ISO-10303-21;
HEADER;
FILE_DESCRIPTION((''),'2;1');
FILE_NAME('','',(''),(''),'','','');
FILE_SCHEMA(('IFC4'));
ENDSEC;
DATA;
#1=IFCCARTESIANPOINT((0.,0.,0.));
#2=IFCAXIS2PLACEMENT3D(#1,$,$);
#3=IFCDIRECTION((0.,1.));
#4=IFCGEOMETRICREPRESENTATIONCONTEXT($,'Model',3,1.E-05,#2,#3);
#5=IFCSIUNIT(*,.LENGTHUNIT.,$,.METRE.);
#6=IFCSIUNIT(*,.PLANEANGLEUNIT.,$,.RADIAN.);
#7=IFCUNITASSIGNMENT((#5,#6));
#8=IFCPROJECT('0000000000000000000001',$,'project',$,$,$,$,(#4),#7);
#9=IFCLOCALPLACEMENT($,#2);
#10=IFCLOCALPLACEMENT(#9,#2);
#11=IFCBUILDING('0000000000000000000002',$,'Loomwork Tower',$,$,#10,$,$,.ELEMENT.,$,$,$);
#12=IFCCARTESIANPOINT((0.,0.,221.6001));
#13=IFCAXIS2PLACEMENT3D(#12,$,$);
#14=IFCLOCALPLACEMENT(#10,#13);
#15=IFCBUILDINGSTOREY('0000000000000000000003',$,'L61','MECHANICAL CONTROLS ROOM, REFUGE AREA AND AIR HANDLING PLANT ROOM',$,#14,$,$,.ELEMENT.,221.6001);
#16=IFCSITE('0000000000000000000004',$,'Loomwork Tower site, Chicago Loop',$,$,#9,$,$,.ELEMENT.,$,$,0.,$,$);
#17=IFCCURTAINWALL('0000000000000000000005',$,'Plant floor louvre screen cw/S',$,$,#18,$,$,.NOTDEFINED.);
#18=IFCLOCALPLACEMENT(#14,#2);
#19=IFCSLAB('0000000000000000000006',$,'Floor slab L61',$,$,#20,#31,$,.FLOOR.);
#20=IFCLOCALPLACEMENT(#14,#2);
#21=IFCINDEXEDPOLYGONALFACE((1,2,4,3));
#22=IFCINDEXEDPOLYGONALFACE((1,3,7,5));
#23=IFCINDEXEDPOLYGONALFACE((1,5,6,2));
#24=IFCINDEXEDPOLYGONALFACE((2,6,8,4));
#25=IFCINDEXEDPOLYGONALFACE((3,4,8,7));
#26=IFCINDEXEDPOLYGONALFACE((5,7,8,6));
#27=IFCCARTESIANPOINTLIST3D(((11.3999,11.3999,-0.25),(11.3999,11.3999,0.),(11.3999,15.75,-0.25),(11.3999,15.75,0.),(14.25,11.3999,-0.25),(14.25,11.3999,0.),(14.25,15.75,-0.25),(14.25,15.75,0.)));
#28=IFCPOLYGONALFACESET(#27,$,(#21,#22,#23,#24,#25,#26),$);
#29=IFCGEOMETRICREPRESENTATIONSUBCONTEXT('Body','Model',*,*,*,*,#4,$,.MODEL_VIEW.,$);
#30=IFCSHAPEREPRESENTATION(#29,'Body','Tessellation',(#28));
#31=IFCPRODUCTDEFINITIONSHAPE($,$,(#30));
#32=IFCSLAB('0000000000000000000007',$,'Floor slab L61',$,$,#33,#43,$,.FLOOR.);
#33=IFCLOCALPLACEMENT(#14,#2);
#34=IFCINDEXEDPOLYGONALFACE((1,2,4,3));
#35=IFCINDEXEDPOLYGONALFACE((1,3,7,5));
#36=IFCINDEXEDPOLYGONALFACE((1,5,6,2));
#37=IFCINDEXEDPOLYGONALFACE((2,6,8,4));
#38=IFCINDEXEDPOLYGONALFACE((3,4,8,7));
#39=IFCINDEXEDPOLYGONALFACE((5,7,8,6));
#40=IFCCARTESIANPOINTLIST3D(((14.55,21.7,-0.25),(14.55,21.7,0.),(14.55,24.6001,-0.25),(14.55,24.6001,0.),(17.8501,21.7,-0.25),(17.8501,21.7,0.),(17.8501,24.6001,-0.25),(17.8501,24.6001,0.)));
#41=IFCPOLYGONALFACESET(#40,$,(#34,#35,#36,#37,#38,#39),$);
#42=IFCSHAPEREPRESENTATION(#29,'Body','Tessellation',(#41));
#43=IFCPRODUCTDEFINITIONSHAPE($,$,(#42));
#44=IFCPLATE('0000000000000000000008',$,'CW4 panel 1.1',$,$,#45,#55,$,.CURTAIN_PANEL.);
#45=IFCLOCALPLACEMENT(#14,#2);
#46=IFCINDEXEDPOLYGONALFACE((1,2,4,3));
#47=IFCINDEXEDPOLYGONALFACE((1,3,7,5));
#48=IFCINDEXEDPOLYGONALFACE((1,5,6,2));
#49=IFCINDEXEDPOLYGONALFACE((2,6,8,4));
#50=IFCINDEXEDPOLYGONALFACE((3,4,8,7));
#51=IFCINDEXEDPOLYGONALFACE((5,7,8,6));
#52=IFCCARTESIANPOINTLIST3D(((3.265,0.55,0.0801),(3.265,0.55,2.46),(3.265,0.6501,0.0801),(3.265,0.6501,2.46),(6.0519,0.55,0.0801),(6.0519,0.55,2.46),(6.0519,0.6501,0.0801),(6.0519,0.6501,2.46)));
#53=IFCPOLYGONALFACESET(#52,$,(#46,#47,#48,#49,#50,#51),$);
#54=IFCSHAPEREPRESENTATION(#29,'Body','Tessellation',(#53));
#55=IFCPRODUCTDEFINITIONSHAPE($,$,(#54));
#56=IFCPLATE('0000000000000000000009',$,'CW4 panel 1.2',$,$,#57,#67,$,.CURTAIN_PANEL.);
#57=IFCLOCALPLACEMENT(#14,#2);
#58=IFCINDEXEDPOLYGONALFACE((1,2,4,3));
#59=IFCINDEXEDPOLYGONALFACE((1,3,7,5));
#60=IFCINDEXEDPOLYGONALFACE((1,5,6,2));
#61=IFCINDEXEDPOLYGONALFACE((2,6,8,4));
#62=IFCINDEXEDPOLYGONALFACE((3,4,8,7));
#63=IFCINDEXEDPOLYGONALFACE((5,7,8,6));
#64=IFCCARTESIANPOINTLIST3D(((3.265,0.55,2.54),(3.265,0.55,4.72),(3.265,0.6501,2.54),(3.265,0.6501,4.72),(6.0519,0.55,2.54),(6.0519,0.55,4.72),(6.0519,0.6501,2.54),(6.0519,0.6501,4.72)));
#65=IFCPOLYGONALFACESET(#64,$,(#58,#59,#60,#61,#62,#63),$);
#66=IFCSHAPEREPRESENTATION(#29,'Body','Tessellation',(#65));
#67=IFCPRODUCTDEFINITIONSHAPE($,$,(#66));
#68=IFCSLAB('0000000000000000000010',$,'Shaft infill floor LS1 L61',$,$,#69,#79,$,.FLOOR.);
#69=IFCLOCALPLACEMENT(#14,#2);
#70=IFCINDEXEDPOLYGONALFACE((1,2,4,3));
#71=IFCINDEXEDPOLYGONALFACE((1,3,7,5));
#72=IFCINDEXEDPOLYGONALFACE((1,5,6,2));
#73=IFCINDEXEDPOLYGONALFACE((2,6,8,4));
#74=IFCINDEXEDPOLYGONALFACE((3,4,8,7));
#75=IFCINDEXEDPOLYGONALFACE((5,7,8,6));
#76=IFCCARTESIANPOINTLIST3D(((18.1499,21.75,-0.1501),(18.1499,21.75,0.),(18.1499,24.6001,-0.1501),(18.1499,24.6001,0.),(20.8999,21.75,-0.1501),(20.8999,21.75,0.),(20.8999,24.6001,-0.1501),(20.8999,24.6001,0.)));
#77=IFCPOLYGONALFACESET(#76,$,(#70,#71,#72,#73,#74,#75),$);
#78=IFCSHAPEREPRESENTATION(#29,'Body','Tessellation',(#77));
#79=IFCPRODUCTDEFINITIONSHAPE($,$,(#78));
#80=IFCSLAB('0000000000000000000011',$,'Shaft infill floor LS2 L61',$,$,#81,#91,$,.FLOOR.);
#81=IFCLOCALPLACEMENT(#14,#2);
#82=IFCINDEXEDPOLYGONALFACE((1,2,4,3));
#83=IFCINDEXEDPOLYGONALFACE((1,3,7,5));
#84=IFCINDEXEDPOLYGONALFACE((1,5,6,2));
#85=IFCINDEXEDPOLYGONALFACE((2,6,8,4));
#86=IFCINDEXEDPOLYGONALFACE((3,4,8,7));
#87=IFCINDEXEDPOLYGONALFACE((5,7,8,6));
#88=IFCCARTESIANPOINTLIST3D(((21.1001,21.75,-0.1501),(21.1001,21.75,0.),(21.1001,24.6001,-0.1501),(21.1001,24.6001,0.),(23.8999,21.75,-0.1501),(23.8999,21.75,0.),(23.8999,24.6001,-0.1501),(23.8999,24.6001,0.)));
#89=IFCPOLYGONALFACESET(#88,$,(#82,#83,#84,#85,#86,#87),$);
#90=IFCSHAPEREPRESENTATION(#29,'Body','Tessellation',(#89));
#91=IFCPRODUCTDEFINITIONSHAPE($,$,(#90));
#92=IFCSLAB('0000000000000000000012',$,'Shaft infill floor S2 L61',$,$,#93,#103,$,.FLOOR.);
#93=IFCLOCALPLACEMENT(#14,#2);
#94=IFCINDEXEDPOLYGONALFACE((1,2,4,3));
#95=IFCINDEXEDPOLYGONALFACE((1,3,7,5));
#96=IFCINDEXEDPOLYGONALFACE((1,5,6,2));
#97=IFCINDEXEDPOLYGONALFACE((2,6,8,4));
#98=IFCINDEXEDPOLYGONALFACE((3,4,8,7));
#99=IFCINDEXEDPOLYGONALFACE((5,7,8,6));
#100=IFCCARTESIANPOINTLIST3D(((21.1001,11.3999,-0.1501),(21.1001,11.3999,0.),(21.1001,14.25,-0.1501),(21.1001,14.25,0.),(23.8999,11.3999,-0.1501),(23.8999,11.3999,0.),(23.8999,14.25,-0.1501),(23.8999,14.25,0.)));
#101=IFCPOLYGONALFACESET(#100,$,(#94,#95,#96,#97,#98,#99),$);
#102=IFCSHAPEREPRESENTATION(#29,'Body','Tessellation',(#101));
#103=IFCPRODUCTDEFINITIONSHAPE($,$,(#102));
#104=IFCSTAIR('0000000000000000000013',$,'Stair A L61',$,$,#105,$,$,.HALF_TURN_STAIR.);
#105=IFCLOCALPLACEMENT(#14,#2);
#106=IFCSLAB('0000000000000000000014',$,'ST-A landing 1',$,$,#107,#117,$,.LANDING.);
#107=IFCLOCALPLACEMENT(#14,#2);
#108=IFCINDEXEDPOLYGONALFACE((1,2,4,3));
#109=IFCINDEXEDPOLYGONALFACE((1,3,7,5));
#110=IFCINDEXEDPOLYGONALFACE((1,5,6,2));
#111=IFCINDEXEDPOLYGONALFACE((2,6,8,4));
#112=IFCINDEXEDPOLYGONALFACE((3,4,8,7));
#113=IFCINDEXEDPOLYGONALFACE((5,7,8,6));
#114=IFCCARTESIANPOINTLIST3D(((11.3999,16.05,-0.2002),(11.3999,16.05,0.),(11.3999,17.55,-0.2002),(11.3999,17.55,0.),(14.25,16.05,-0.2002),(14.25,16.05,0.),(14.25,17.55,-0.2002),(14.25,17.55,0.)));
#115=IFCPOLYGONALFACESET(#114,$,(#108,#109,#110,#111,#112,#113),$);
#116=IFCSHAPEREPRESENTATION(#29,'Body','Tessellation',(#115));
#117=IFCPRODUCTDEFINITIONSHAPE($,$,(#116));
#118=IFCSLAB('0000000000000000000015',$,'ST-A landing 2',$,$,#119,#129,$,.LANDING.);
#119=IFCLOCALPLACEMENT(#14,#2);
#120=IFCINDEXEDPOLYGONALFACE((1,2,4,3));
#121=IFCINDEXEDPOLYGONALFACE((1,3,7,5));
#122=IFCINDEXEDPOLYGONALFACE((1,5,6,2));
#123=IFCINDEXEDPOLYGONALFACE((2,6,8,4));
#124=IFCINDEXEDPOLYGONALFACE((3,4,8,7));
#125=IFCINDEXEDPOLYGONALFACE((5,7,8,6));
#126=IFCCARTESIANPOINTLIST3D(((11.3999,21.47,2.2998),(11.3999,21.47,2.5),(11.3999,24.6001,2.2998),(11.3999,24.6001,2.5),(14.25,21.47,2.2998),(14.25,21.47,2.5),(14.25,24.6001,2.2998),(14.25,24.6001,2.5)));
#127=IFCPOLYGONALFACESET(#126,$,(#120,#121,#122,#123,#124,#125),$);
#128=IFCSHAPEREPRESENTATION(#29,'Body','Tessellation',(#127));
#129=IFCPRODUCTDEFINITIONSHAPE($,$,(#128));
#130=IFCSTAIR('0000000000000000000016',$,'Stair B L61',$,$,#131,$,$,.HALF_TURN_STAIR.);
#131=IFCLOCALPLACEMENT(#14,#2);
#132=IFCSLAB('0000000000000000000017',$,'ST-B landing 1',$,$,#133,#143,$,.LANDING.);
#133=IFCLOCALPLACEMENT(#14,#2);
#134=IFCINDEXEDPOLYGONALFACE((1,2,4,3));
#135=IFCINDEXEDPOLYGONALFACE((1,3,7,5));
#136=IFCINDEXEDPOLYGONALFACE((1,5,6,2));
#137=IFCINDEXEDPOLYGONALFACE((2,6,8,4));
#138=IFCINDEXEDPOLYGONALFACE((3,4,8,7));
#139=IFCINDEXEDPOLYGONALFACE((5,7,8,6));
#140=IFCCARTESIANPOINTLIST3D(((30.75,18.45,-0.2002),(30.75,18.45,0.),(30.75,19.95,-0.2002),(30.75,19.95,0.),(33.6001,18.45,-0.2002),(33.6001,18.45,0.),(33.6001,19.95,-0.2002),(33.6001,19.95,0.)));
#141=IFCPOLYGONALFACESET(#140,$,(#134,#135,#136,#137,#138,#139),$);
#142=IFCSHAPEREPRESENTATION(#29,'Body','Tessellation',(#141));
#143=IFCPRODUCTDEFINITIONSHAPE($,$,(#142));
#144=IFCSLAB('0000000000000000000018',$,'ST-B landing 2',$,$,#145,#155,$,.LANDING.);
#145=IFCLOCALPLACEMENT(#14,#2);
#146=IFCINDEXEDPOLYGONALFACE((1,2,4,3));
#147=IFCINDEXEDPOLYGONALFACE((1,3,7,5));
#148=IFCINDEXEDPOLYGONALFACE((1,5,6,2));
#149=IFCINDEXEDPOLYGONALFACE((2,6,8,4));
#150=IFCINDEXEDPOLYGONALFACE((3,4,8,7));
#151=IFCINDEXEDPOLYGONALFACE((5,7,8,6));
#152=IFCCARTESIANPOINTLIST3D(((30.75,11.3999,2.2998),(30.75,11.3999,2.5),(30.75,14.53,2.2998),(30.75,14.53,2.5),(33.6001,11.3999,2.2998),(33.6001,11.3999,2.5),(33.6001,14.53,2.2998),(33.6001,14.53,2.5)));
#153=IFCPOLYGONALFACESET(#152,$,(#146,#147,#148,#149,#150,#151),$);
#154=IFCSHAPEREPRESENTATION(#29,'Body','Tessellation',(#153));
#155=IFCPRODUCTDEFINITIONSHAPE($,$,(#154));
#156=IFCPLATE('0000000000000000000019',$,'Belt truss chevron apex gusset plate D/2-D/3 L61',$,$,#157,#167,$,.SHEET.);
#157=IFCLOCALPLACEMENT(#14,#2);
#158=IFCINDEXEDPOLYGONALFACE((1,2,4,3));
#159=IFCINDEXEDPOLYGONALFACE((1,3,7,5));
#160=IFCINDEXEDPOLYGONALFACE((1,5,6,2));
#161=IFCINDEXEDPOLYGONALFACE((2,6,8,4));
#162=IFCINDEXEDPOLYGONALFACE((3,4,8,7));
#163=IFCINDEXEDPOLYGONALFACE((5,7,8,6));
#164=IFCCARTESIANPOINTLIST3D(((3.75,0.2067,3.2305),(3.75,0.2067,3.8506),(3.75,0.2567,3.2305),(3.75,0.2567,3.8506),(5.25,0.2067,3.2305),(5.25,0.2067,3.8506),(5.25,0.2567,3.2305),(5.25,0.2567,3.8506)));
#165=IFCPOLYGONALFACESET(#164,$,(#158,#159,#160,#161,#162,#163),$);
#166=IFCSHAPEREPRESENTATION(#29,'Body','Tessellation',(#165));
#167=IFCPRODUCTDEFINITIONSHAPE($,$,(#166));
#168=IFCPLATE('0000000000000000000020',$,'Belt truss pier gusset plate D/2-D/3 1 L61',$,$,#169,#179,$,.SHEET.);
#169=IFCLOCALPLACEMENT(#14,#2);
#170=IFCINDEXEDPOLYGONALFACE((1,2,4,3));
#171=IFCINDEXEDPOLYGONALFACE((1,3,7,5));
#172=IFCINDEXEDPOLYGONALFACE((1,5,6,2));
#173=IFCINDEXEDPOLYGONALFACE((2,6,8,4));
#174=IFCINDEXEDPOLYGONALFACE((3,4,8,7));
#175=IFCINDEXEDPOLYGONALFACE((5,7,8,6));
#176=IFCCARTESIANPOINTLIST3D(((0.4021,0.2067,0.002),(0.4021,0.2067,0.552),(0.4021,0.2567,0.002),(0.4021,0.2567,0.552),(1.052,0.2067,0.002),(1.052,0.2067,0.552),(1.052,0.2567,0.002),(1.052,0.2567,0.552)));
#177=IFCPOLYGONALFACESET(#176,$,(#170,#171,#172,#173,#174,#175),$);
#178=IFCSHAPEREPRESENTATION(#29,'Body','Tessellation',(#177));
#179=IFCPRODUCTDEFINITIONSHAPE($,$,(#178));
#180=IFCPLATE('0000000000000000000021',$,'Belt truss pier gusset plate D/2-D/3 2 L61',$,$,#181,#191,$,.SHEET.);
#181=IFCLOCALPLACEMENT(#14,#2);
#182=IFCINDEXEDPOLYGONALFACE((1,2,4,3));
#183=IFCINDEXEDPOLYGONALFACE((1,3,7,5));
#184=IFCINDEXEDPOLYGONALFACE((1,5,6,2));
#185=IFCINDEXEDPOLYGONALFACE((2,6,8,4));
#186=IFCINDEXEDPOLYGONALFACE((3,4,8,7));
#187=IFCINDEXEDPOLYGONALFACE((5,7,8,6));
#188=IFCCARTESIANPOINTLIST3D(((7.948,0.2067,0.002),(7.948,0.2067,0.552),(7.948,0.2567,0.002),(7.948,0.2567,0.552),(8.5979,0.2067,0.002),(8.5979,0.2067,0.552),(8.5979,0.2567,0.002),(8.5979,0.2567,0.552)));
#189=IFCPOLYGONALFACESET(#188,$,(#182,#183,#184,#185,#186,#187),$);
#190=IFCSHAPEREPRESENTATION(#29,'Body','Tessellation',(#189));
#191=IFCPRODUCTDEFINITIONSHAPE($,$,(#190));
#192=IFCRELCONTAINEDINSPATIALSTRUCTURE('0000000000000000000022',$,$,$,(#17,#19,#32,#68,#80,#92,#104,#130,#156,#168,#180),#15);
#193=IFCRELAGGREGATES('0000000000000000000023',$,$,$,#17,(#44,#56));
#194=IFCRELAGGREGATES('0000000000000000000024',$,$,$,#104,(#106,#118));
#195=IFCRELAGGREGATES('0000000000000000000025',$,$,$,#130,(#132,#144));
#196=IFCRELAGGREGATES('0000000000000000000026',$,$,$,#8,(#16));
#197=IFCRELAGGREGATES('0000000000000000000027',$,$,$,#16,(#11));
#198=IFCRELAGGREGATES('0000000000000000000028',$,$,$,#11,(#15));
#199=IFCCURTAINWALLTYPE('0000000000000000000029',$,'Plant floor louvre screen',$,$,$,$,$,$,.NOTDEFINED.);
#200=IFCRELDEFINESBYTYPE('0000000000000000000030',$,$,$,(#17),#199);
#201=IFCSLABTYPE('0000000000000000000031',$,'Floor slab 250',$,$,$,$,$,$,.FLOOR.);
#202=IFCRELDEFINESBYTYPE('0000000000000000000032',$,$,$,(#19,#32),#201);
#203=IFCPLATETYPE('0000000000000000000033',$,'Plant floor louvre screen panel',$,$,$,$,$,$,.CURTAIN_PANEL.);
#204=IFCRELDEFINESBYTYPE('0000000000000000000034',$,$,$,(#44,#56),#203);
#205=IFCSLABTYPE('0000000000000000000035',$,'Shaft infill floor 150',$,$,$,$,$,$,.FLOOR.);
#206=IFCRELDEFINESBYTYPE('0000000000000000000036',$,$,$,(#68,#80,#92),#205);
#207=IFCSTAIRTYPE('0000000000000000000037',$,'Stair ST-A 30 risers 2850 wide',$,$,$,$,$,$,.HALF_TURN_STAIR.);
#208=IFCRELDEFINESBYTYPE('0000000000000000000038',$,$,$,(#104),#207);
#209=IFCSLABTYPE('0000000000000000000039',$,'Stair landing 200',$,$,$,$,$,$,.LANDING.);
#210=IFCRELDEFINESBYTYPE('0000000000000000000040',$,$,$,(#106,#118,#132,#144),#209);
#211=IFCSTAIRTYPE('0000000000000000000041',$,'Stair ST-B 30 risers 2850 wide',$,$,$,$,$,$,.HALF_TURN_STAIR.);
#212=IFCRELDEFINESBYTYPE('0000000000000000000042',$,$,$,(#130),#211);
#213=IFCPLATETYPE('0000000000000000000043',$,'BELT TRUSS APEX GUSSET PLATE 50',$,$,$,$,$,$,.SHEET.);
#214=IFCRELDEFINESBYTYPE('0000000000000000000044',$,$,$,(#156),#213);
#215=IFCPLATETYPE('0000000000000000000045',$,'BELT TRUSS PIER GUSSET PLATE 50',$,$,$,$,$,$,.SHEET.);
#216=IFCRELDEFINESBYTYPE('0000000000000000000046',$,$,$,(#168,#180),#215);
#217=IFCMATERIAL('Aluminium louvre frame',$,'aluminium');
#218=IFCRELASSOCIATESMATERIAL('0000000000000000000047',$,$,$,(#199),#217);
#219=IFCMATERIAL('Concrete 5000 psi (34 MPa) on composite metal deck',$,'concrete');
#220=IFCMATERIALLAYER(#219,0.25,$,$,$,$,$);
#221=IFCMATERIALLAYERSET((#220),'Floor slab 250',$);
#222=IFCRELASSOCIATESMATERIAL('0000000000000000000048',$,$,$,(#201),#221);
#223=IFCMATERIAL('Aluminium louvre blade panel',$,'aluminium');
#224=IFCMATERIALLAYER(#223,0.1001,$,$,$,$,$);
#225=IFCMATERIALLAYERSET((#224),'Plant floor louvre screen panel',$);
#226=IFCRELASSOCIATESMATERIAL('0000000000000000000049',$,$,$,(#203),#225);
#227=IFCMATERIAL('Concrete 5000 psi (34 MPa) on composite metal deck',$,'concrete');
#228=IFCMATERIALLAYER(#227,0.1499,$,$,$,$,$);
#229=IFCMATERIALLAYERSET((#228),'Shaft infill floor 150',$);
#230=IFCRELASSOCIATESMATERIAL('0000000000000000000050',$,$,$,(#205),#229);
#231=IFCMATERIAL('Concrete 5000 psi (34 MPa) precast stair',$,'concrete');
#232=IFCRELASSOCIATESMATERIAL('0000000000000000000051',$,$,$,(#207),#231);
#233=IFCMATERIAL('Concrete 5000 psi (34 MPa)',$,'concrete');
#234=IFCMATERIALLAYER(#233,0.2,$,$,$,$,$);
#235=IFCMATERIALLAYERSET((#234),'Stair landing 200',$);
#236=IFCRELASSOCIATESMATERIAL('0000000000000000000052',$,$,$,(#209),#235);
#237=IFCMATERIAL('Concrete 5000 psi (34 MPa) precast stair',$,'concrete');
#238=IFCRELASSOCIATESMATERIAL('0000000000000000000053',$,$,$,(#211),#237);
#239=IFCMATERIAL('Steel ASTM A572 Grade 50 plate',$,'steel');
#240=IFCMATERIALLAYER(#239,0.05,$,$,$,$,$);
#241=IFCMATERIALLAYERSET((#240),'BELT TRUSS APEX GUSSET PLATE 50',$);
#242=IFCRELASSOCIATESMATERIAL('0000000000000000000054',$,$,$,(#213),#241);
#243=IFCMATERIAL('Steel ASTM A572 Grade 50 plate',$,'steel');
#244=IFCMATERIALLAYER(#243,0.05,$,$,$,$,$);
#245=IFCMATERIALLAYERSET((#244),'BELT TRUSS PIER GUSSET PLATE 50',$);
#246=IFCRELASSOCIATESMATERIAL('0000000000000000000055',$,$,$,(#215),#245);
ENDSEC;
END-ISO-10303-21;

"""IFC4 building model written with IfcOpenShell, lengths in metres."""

from ifc_helpers import new_model, si_unit, direction, frame, origin, origin_2d, place, context, subcontext, project, spatial, polyline, rectangle, outline, extrude, material, layer, layer_set, type_object, element, aggregate, save


model = new_model("IFC4")

# Units and contexts
model_context = context("Model", 3, precision=1e-05, world=origin(), true_north=direction((0.0, 1.0)))
body_context = subcontext(model_context, "Body", "Model", "MODEL_VIEW")
ifc_project = project(units=[si_unit("LENGTHUNIT", "METRE"), si_unit("PLANEANGLEUNIT", "RADIAN")], contexts=[model_context])

# Site, building, storey
site_placement = place(None, origin())
site = spatial("IfcSite", under=ifc_project, at=site_placement, Name="Loomwork Tower site, Chicago Loop", CompositionType="ELEMENT", RefElevation=0.0)
building_placement = place(site_placement, origin())
building = spatial("IfcBuilding", under=site, at=building_placement, Name="Loomwork Tower", CompositionType="ELEMENT")
storey_placement = place(building_placement, frame((0.0, 0.0, 221.6001)))
storey = spatial("IfcBuildingStorey", under=building, at=storey_placement, Name="L61", Description="MECHANICAL CONTROLS ROOM, REFUGE AREA AND AIR HANDLING PLANT ROOM", CompositionType="ELEMENT", Elevation=221.6001)

# Curtain wall
ifc_material_1 = material(Name="Aluminium louvre frame", Category="aluminium")
curtain_wall_type = type_object("IfcCurtainWallType", Name="Plant floor louvre screen", PredefinedType="NOTDEFINED", material=ifc_material_1)
curtain_wall_placement = place(storey_placement, origin())
curtain_wall = element("IfcCurtainWall", 1, at=curtain_wall_placement, inside=storey, type_object=curtain_wall_type, Name="Plant floor louvre screen cw/S", PredefinedType="NOTDEFINED")

# Slabs
ifc_material_2 = material(Name="Concrete 5000 psi (34 MPa) on composite metal deck", Category="concrete")
ifc_layer_1 = layer(ifc_material_2, 0.25)
ifc_layer_set_1 = layer_set([ifc_layer_1], Name="Floor slab 250")
slab_type_1 = type_object("IfcSlabType", Name="Floor slab 250", PredefinedType="FLOOR", material=ifc_layer_set_1)
slab_1_placement = place(storey_placement, frame((0.0, 0.0, -0.25)))
element("IfcSlab", 2, at=slab_1_placement, inside=storey, type_object=slab_type_1, Name="Floor slab L61", PredefinedType="FLOOR", context=body_context, shape_type="SweptSolid", body=[
    extrude(outline(polyline([(14.25, 15.75), (14.25, 11.3999), (11.3999, 11.3999), (11.3999, 15.75), (14.25, 15.75)])), origin(), (0.0, 0.0, 1.0), 0.25),
])
slab_2_placement = place(storey_placement, frame((0.0, 0.0, -0.25)))
element("IfcSlab", 3, at=slab_2_placement, inside=storey, type_object=slab_type_1, Name="Floor slab L61", PredefinedType="FLOOR", context=body_context, shape_type="SweptSolid", body=[
    extrude(outline(polyline([(14.55, 21.7), (14.55, 24.6001), (17.8501, 24.6001), (17.8501, 21.7), (14.55, 21.7)])), origin(), (0.0, 0.0, 1.0), 0.25),
])

# Plates
ifc_material_3 = material(Name="Aluminium louvre blade panel", Category="aluminium")
ifc_layer_2 = layer(ifc_material_3, 0.1001)
ifc_layer_set_2 = layer_set([ifc_layer_2], Name="Plant floor louvre screen panel")
plate_type_1 = type_object("IfcPlateType", Name="Plant floor louvre screen panel", PredefinedType="CURTAIN_PANEL", material=ifc_layer_set_2)
plate_1_placement = place(storey_placement, frame((4.6584, 0.6001, 0.0801), z_axis=(0.0, 0.0, 1.0), x_axis=(1.0, 0.0, 0.0)))
plate_1 = element("IfcPlate", 4, at=plate_1_placement, type_object=plate_type_1, Name="CW4 panel 1.1", PredefinedType="CURTAIN_PANEL", context=body_context, shape_type="SweptSolid", body=[
    extrude(rectangle(XDim=2.7869, YDim=0.1001, at=origin_2d()), origin(), (0.0, 0.0, 1.0), 2.3799),
])
plate_2_placement = place(storey_placement, frame((4.6584, 0.6001, 2.54), z_axis=(0.0, 0.0, 1.0), x_axis=(1.0, 0.0, 0.0)))
plate_2 = element("IfcPlate", 5, at=plate_2_placement, type_object=plate_type_1, Name="CW4 panel 1.2", PredefinedType="CURTAIN_PANEL", context=body_context, shape_type="SweptSolid", body=[
    extrude(rectangle(XDim=2.7869, YDim=0.1001, at=origin_2d()), origin(), (0.0, 0.0, 1.0), 2.1799),
])
aggregate(curtain_wall, [plate_1, plate_2])

# Slabs
ifc_material_4 = material(Name="Concrete 5000 psi (34 MPa) on composite metal deck", Category="concrete")
ifc_layer_3 = layer(ifc_material_4, 0.1499)
ifc_layer_set_3 = layer_set([ifc_layer_3], Name="Shaft infill floor 150")
slab_type_2 = type_object("IfcSlabType", Name="Shaft infill floor 150", PredefinedType="FLOOR", material=ifc_layer_set_3)
slab_3_placement = place(storey_placement, frame((0.0, 0.0, -0.1501)))
element("IfcSlab", 6, at=slab_3_placement, inside=storey, type_object=slab_type_2, Name="Shaft infill floor LS1 L61", PredefinedType="FLOOR", context=body_context, shape_type="SweptSolid", body=[
    extrude(outline(polyline([(18.1499, 21.75), (20.8999, 21.75), (20.8999, 24.6001), (18.1499, 24.6001), (18.1499, 21.75)])), origin(), (0.0, 0.0, 1.0), 0.1501),
])
slab_4_placement = place(storey_placement, frame((0.0, 0.0, -0.1501)))
element("IfcSlab", 7, at=slab_4_placement, inside=storey, type_object=slab_type_2, Name="Shaft infill floor LS2 L61", PredefinedType="FLOOR", context=body_context, shape_type="SweptSolid", body=[
    extrude(outline(polyline([(21.1001, 21.75), (23.8999, 21.75), (23.8999, 24.6001), (21.1001, 24.6001), (21.1001, 21.75)])), origin(), (0.0, 0.0, 1.0), 0.1501),
])
slab_5_placement = place(storey_placement, frame((0.0, 0.0, -0.1501)))
element("IfcSlab", 8, at=slab_5_placement, inside=storey, type_object=slab_type_2, Name="Shaft infill floor S2 L61", PredefinedType="FLOOR", context=body_context, shape_type="SweptSolid", body=[
    extrude(outline(polyline([(21.1001, 11.3999), (23.8999, 11.3999), (23.8999, 14.25), (21.1001, 14.25), (21.1001, 11.3999)])), origin(), (0.0, 0.0, 1.0), 0.1501),
])

# Stairs, slabs
ifc_material_5 = material(Name="Concrete 5000 psi (34 MPa) precast stair", Category="concrete")
stair_type_1 = type_object("IfcStairType", Name="Stair ST-A 30 risers 2850 wide", PredefinedType="HALF_TURN_STAIR", material=ifc_material_5)
stair_1_placement = place(storey_placement, origin())
stair_1 = element("IfcStair", 9, at=stair_1_placement, inside=storey, type_object=stair_type_1, Name="Stair A L61", PredefinedType="HALF_TURN_STAIR")
ifc_material_6 = material(Name="Concrete 5000 psi (34 MPa)", Category="concrete")
ifc_layer_4 = layer(ifc_material_6, 0.2)
ifc_layer_set_4 = layer_set([ifc_layer_4], Name="Stair landing 200")
slab_type_3 = type_object("IfcSlabType", Name="Stair landing 200", PredefinedType="LANDING", material=ifc_layer_set_4)
slab_6_placement = place(storey_placement, frame((0.0, 0.0, -0.2002)))
slab_6 = element("IfcSlab", 10, at=slab_6_placement, type_object=slab_type_3, Name="ST-A landing 1", PredefinedType="LANDING", context=body_context, shape_type="SweptSolid", body=[
    extrude(outline(polyline([(11.3999, 16.05), (14.25, 16.05), (14.25, 17.55), (11.3999, 17.55), (11.3999, 16.05)])), origin(), (0.0, 0.0, 1.0), 0.2002),
])
slab_7_placement = place(storey_placement, frame((0.0, 0.0, 2.2998)))
slab_7 = element("IfcSlab", 11, at=slab_7_placement, type_object=slab_type_3, Name="ST-A landing 2", PredefinedType="LANDING", context=body_context, shape_type="SweptSolid", body=[
    extrude(outline(polyline([(11.3999, 21.47), (14.25, 21.47), (14.25, 24.6001), (11.3999, 24.6001), (11.3999, 21.47)])), origin(), (0.0, 0.0, 1.0), 0.2002),
])
aggregate(stair_1, [slab_6, slab_7])
ifc_material_7 = material(Name="Concrete 5000 psi (34 MPa) precast stair", Category="concrete")
stair_type_2 = type_object("IfcStairType", Name="Stair ST-B 30 risers 2850 wide", PredefinedType="HALF_TURN_STAIR", material=ifc_material_7)
stair_2_placement = place(storey_placement, origin())
stair_2 = element("IfcStair", 12, at=stair_2_placement, inside=storey, type_object=stair_type_2, Name="Stair B L61", PredefinedType="HALF_TURN_STAIR")
slab_8_placement = place(storey_placement, frame((0.0, 0.0, -0.2002)))
slab_8 = element("IfcSlab", 13, at=slab_8_placement, type_object=slab_type_3, Name="ST-B landing 1", PredefinedType="LANDING", context=body_context, shape_type="SweptSolid", body=[
    extrude(outline(polyline([(30.75, 18.45), (33.6001, 18.45), (33.6001, 19.95), (30.75, 19.95), (30.75, 18.45)])), origin(), (0.0, 0.0, 1.0), 0.2002),
])
slab_9_placement = place(storey_placement, frame((0.0, 0.0, 2.2998)))
slab_9 = element("IfcSlab", 14, at=slab_9_placement, type_object=slab_type_3, Name="ST-B landing 2", PredefinedType="LANDING", context=body_context, shape_type="SweptSolid", body=[
    extrude(outline(polyline([(30.75, 11.3999), (33.6001, 11.3999), (33.6001, 14.53), (30.75, 14.53), (30.75, 11.3999)])), origin(), (0.0, 0.0, 1.0), 0.2002),
])
aggregate(stair_2, [slab_8, slab_9])

# Plates
ifc_material_8 = material(Name="Steel ASTM A572 Grade 50 plate", Category="steel")
ifc_layer_5 = layer(ifc_material_8, 0.05)
ifc_layer_set_5 = layer_set([ifc_layer_5], Name="BELT TRUSS APEX GUSSET PLATE 50")
plate_type_2 = type_object("IfcPlateType", Name="BELT TRUSS APEX GUSSET PLATE 50", PredefinedType="SHEET", material=ifc_layer_set_5)
plate_3_placement = place(storey_placement, frame((4.5, 0.2317, 3.2305), z_axis=(0.0, 0.0, 1.0), x_axis=(1.0, 0.0, 0.0)))
element("IfcPlate", 15, at=plate_3_placement, inside=storey, type_object=plate_type_2, Name="Belt truss chevron apex gusset plate D/2-D/3 L61", PredefinedType="SHEET", context=body_context, shape_type="SweptSolid", body=[
    extrude(rectangle(XDim=1.5, YDim=0.05, at=origin_2d()), origin(), (0.0, 0.0, 1.0), 0.6201),
])
ifc_material_9 = material(Name="Steel ASTM A572 Grade 50 plate", Category="steel")
ifc_layer_6 = layer(ifc_material_9, 0.05)
ifc_layer_set_6 = layer_set([ifc_layer_6], Name="BELT TRUSS PIER GUSSET PLATE 50")
plate_type_3 = type_object("IfcPlateType", Name="BELT TRUSS PIER GUSSET PLATE 50", PredefinedType="SHEET", material=ifc_layer_set_6)
for number, where, z_axis, x_axis, name in (
    (16, (0.7271, 0.2317, 0.002), (0.0, 0.0, 1.0), (1.0, 0.0, 0.0), "Belt truss pier gusset plate D/2-D/3 1 L61"),
    (17, (8.2729, 0.2317, 0.002), (0.0, 0.0, 1.0), (1.0, 0.0, 0.0), "Belt truss pier gusset plate D/2-D/3 2 L61"),
):
    element("IfcPlate", number, at=place(storey_placement, frame(where, z_axis=z_axis, x_axis=x_axis)), inside=storey, type_object=plate_type_3, Name=name, PredefinedType="SHEET", context=body_context, shape_type="SweptSolid", body=[
        extrude(rectangle(XDim=0.6499, YDim=0.05, at=origin_2d()), origin(), (0.0, 0.0, 1.0), 0.55),
    ])

save(model, "model.ifc")
